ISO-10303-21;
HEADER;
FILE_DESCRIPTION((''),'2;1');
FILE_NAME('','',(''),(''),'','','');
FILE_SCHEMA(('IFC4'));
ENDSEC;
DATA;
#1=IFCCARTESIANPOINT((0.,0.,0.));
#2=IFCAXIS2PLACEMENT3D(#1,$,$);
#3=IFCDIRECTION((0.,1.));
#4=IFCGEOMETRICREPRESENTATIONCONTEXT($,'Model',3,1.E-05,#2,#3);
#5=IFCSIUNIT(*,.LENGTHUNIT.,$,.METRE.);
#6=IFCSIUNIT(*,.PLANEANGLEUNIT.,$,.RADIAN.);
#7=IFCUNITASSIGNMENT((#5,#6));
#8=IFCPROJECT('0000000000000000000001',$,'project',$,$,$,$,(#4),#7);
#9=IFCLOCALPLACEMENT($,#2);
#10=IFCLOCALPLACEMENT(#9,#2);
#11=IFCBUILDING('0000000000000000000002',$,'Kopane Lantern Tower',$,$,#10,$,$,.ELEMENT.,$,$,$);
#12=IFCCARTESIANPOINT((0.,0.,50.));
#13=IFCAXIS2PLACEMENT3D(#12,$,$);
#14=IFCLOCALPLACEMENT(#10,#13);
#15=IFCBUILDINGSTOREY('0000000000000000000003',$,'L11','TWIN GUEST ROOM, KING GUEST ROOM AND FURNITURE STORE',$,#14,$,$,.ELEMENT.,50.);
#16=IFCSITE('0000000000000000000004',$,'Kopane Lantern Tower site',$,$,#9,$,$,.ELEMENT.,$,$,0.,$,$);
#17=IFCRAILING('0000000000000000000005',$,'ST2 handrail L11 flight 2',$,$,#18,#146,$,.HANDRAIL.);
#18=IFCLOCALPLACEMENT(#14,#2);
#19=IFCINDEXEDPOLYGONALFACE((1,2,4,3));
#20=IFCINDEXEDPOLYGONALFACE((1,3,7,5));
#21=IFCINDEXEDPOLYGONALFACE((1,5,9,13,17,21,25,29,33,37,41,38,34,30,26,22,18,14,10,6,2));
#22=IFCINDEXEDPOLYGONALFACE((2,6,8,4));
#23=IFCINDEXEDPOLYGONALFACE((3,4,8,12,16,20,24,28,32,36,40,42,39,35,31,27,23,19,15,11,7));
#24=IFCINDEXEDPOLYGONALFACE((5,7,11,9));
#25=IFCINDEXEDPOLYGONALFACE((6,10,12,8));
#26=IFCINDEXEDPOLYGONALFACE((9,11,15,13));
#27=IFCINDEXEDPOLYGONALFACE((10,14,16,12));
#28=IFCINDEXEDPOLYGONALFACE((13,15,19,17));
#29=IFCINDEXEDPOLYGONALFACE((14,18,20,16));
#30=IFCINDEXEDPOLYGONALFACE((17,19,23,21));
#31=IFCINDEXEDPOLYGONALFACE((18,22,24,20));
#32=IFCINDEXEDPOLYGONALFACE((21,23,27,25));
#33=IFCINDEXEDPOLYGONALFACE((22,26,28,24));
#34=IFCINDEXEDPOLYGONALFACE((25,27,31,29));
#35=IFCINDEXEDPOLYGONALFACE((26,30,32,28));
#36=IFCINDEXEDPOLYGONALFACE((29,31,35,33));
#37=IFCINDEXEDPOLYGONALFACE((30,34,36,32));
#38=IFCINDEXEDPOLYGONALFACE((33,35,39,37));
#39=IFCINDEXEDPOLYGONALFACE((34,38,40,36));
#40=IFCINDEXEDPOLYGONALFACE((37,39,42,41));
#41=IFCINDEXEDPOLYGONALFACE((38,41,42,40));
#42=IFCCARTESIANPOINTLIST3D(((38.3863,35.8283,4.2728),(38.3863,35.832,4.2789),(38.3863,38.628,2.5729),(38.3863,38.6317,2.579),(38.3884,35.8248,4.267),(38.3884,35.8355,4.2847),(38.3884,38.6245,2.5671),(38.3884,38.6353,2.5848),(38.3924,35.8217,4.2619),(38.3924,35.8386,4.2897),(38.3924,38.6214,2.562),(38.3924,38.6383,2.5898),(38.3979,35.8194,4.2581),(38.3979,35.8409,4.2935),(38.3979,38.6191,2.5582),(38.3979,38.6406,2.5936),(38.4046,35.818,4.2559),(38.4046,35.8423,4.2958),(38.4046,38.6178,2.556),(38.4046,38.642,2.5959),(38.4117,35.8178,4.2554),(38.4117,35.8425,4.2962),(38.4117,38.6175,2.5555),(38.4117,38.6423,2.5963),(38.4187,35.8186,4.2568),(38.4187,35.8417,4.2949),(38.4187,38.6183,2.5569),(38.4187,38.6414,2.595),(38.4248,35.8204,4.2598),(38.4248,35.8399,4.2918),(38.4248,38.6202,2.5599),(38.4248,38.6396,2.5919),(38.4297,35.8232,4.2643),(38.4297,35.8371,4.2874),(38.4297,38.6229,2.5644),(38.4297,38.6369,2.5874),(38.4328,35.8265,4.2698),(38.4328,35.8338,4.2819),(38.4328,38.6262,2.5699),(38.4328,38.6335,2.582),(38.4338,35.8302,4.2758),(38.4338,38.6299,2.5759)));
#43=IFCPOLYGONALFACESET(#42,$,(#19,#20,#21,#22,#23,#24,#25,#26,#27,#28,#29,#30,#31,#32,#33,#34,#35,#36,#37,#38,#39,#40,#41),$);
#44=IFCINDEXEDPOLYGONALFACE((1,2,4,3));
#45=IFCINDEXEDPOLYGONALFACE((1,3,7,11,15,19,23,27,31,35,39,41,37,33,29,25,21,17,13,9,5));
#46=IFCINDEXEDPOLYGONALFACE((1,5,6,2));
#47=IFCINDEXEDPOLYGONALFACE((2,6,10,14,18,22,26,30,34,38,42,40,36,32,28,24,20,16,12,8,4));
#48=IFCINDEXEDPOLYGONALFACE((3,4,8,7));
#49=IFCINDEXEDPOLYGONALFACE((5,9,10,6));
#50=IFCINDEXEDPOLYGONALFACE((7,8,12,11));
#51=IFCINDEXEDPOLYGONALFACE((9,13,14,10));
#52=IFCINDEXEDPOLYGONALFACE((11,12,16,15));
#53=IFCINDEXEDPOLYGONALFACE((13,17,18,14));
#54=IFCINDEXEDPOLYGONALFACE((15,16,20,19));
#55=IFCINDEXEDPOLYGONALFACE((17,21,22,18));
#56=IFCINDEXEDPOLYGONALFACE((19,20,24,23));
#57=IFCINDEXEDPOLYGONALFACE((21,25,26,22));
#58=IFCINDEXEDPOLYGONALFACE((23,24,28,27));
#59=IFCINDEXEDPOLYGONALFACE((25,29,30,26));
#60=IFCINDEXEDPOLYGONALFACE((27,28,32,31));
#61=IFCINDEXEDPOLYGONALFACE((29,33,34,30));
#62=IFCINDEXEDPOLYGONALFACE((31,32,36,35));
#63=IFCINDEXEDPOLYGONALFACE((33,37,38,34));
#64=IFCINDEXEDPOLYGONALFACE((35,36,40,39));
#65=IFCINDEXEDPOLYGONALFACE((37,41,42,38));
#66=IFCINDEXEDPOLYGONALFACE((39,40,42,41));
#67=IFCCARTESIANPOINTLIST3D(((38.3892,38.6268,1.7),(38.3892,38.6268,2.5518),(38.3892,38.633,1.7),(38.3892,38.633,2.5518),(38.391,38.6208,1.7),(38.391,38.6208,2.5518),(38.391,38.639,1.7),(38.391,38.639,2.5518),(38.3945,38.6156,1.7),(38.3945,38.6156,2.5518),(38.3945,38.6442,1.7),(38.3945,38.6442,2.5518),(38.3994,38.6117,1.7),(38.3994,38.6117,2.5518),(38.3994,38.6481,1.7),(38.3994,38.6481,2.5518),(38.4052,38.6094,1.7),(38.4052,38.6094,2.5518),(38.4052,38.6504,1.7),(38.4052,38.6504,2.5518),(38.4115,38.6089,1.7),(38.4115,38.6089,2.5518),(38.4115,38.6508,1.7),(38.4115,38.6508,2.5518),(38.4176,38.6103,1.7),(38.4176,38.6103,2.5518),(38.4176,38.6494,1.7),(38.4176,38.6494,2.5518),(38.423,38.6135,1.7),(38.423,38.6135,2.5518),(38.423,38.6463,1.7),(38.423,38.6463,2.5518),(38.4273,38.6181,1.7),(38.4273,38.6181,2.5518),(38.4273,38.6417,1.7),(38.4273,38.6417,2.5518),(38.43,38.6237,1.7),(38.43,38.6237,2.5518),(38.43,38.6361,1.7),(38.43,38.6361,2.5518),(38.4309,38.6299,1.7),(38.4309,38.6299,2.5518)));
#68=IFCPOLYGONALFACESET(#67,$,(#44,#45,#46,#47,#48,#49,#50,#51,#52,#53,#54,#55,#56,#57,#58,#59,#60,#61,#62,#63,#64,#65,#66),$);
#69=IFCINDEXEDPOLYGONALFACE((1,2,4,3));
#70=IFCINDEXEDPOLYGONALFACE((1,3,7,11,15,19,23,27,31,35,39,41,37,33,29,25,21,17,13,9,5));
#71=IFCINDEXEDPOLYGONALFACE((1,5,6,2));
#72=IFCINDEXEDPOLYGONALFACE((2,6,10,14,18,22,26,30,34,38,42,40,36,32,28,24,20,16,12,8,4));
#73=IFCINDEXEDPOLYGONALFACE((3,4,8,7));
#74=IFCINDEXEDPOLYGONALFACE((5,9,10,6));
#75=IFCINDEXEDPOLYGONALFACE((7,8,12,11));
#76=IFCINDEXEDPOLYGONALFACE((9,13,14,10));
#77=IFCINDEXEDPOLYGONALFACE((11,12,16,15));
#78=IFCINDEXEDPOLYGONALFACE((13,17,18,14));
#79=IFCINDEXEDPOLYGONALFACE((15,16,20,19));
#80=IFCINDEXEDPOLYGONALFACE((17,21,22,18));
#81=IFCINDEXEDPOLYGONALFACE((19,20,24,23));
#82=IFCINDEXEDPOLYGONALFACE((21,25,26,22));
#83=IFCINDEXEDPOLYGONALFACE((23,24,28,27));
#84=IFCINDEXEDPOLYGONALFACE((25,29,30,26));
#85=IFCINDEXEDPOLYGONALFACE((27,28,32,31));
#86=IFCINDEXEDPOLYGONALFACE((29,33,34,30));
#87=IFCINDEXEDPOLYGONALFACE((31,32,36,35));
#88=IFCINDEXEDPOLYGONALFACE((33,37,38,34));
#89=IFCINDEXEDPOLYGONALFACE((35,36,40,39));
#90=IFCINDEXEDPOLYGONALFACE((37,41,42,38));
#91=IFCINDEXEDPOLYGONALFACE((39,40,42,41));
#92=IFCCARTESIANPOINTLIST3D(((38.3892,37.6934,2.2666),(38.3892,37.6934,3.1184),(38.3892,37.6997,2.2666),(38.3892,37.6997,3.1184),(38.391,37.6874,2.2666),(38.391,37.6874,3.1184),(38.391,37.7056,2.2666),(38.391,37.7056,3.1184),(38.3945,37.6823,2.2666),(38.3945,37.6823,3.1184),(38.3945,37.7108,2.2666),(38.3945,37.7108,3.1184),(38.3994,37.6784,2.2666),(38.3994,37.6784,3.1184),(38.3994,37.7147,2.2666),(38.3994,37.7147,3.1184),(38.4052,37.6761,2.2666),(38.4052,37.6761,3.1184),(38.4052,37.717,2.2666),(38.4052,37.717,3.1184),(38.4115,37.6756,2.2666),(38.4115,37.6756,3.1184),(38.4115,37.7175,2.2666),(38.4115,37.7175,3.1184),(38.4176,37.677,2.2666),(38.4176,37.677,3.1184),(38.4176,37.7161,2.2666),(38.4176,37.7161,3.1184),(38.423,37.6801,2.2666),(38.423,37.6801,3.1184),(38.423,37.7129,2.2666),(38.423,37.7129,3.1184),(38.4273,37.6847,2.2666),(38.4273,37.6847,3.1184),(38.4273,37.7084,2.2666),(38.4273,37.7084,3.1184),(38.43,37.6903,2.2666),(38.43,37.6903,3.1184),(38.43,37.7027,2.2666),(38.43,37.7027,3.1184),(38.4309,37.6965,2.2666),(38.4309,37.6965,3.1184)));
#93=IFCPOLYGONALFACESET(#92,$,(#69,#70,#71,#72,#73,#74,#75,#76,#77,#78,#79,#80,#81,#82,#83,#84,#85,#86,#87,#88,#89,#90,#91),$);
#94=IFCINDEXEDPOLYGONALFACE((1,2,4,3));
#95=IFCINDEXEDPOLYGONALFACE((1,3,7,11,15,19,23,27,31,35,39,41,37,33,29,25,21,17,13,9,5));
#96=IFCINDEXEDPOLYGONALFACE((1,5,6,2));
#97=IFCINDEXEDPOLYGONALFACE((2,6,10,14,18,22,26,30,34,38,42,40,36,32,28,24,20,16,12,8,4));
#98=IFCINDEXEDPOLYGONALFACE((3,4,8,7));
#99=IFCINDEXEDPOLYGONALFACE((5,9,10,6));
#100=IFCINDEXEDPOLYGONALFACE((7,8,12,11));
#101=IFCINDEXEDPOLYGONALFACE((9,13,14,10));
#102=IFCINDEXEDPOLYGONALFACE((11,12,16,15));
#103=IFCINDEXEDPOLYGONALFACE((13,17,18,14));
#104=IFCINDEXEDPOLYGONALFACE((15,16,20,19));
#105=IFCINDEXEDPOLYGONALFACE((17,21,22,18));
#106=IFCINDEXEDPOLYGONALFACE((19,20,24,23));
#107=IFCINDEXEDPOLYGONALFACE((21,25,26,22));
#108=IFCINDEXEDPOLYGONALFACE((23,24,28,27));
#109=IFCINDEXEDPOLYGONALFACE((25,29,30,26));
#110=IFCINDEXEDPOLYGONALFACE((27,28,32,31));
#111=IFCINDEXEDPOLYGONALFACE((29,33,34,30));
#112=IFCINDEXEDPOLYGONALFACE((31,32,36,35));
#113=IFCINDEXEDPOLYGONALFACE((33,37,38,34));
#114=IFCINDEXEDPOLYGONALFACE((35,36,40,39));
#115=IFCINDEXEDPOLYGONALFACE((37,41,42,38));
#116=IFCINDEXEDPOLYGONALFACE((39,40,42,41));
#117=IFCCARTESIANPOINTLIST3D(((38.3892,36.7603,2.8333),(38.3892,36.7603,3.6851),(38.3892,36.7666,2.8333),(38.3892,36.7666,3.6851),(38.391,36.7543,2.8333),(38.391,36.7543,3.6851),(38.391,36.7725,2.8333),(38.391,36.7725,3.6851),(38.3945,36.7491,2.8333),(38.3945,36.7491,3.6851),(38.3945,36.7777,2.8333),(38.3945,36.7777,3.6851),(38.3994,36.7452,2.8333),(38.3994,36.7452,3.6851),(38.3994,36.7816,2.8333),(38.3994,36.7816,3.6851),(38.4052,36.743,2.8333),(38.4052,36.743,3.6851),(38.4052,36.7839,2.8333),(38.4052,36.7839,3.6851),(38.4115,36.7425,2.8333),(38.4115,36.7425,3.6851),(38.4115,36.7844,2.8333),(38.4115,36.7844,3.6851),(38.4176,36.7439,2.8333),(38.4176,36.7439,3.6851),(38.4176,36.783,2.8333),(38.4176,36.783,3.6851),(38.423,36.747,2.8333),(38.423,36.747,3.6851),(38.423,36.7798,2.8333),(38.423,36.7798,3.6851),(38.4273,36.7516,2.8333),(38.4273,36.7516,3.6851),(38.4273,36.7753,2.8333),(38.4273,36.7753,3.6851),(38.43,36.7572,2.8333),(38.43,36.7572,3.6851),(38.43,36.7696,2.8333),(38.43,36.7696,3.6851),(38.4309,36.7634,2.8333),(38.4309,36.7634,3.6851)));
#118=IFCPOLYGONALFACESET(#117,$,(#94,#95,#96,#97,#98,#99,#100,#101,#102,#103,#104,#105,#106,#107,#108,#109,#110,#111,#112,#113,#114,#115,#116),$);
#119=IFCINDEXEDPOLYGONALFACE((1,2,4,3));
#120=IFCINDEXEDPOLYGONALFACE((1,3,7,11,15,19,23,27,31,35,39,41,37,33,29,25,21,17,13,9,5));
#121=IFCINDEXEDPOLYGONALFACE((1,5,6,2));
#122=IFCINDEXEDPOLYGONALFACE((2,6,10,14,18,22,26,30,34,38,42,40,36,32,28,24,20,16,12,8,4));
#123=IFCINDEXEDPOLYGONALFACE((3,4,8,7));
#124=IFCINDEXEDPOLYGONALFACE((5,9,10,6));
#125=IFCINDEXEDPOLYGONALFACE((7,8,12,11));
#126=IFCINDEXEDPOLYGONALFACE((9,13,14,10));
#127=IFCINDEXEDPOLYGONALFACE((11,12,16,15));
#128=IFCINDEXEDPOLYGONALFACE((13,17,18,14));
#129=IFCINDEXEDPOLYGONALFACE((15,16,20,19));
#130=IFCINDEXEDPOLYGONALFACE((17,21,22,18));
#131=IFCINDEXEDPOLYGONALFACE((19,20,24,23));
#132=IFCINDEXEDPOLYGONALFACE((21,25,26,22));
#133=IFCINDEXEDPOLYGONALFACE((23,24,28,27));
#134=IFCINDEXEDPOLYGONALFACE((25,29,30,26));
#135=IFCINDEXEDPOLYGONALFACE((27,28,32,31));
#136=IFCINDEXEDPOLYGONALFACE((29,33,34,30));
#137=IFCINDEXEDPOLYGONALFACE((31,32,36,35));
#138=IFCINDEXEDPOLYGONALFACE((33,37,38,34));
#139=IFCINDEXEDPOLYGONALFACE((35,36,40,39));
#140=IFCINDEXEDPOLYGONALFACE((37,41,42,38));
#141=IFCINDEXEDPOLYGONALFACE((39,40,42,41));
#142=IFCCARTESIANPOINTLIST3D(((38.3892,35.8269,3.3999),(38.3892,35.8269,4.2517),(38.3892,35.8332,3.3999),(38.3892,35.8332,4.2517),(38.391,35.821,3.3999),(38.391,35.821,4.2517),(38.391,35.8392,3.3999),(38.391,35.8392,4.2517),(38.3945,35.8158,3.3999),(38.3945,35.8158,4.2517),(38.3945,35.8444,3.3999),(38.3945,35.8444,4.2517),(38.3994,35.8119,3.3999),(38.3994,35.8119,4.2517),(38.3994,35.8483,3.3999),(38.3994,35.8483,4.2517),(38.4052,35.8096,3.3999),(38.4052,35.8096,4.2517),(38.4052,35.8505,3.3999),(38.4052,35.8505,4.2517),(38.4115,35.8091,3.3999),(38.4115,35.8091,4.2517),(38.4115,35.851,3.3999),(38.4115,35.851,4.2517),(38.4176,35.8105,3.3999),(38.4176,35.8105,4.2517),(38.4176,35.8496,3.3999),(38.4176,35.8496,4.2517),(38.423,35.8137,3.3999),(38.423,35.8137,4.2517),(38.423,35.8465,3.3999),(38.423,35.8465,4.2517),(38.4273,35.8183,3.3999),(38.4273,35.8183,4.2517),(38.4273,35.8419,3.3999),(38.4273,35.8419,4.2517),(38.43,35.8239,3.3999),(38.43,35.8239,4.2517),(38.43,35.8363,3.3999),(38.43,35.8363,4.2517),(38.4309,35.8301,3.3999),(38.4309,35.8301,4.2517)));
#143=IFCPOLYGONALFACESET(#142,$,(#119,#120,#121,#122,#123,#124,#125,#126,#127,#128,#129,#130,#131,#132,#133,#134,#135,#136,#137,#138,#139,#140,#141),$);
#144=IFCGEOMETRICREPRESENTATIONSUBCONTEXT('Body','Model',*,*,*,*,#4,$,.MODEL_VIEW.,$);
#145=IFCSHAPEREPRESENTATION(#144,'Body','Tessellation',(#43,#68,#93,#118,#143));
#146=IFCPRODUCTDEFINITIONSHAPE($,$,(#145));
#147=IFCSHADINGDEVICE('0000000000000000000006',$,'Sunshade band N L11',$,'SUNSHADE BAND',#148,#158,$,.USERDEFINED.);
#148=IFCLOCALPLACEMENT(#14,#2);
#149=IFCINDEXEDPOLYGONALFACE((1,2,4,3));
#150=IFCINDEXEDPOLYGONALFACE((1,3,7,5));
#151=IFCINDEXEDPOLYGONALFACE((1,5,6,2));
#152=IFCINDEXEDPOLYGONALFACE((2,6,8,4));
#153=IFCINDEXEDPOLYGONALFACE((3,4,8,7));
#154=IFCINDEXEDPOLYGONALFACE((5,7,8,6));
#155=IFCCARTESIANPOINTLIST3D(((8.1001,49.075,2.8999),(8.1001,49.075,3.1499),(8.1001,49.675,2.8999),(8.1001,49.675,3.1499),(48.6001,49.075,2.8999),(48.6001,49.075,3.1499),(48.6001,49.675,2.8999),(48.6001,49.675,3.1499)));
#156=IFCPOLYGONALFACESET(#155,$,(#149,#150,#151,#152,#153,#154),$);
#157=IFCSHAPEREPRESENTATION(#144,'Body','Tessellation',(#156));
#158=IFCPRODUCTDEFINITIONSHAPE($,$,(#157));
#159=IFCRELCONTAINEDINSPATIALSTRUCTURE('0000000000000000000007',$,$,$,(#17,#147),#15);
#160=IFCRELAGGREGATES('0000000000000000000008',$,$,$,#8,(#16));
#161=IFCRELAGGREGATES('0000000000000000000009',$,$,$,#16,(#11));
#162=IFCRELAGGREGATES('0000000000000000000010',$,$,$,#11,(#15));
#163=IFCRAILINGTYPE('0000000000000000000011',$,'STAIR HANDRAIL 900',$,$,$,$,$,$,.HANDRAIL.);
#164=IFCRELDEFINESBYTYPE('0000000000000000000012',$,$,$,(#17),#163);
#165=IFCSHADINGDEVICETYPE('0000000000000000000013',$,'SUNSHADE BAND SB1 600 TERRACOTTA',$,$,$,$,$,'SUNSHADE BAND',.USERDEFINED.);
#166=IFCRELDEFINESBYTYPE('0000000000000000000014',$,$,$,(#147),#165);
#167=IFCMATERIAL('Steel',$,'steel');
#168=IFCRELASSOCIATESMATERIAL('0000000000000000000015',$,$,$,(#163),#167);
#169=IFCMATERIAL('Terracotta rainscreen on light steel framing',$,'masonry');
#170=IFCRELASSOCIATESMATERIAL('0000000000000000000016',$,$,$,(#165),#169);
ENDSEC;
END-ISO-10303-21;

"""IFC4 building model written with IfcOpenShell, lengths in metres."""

from ifc_helpers import new_model, si_unit, direction, frame, origin, origin_2d, place, context, subcontext, project, spatial, rectangle, circle, extrude, material, type_object, element, save


model = new_model("IFC4")

# Units and contexts
model_context = context("Model", 3, precision=1e-05, world=origin(), true_north=direction((0.0, 1.0)))
body_context = subcontext(model_context, "Body", "Model", "MODEL_VIEW")
ifc_project = project(units=[si_unit("LENGTHUNIT", "METRE"), si_unit("PLANEANGLEUNIT", "RADIAN")], contexts=[model_context])

# Site, building, storey
site_placement = place(None, origin())
site = spatial("IfcSite", under=ifc_project, at=site_placement, Name="Kopane Lantern Tower site", CompositionType="ELEMENT", RefElevation=0.0)
building_placement = place(site_placement, origin())
building = spatial("IfcBuilding", under=site, at=building_placement, Name="Kopane Lantern Tower", CompositionType="ELEMENT")
storey_placement = place(building_placement, frame((0.0, 0.0, 50.0)))
storey = spatial("IfcBuildingStorey", under=building, at=storey_placement, Name="L11", Description="TWIN GUEST ROOM, KING GUEST ROOM AND FURNITURE STORE", CompositionType="ELEMENT", Elevation=50.0)

# Railing
ifc_material_1 = material(Name="Steel", Category="steel")
railing_type = type_object("IfcRailingType", Name="STAIR HANDRAIL 900", PredefinedType="HANDRAIL", material=ifc_material_1)
for number, where, name in (
    (1, (38.4099, 38.6299, 1.7), "ST2 handrail L11 flight 2"),
):
    element("IfcRailing", number, at=place(storey_placement, frame(where)), inside=storey, type_object=railing_type, Name=name, PredefinedType="HANDRAIL", context=body_context, shape_type="SweptSolid", body=[
        extrude(circle(Radius=0.0239, at=origin_2d()), frame((0.0, 0.0, 0.876), z_axis=(0.0, -0.854778, 0.518994), x_axis=(1.0, 0.0, 0.0)), (0.0, 0.0, 1.0), 3.2754),
        extrude(circle(Radius=0.021, at=origin_2d()), origin(), (0.0, 0.0, 1.0), 0.8518),
        extrude(circle(Radius=0.021, at=origin_2d()), frame((0.0, -0.9333, 0.5667)), (0.0, 0.0, 1.0), 0.8518),
        extrude(circle(Radius=0.021, at=origin_2d()), frame((0.0, -1.8665, 1.1333)), (0.0, 0.0, 1.0), 0.8518),
        extrude(circle(Radius=0.021, at=origin_2d()), frame((0.0, -2.7998, 1.7)), (0.0, 0.0, 1.0), 0.8518),
    ])

# Shading device
ifc_material_2 = material(Name="Terracotta rainscreen on light steel framing", Category="masonry")
shading_device_type = type_object("IfcShadingDeviceType", Name="SUNSHADE BAND SB1 600 TERRACOTTA", ElementType="SUNSHADE BAND", PredefinedType="USERDEFINED", material=ifc_material_2)
shading_device_placement = place(storey_placement, frame((28.3501, 49.375, 2.8999), z_axis=(0.0, 0.0, 1.0), x_axis=(-1.0, 0.0, 0.0)))
element("IfcShadingDevice", 2, at=shading_device_placement, inside=storey, type_object=shading_device_type, Name="Sunshade band N L11", ObjectType="SUNSHADE BAND", PredefinedType="USERDEFINED", context=body_context, shape_type="SweptSolid", body=[
    extrude(rectangle(XDim=40.5, YDim=0.6001, at=origin_2d()), origin(), (0.0, 0.0, 1.0), 0.25),
])

save(model, "model.ifc")
